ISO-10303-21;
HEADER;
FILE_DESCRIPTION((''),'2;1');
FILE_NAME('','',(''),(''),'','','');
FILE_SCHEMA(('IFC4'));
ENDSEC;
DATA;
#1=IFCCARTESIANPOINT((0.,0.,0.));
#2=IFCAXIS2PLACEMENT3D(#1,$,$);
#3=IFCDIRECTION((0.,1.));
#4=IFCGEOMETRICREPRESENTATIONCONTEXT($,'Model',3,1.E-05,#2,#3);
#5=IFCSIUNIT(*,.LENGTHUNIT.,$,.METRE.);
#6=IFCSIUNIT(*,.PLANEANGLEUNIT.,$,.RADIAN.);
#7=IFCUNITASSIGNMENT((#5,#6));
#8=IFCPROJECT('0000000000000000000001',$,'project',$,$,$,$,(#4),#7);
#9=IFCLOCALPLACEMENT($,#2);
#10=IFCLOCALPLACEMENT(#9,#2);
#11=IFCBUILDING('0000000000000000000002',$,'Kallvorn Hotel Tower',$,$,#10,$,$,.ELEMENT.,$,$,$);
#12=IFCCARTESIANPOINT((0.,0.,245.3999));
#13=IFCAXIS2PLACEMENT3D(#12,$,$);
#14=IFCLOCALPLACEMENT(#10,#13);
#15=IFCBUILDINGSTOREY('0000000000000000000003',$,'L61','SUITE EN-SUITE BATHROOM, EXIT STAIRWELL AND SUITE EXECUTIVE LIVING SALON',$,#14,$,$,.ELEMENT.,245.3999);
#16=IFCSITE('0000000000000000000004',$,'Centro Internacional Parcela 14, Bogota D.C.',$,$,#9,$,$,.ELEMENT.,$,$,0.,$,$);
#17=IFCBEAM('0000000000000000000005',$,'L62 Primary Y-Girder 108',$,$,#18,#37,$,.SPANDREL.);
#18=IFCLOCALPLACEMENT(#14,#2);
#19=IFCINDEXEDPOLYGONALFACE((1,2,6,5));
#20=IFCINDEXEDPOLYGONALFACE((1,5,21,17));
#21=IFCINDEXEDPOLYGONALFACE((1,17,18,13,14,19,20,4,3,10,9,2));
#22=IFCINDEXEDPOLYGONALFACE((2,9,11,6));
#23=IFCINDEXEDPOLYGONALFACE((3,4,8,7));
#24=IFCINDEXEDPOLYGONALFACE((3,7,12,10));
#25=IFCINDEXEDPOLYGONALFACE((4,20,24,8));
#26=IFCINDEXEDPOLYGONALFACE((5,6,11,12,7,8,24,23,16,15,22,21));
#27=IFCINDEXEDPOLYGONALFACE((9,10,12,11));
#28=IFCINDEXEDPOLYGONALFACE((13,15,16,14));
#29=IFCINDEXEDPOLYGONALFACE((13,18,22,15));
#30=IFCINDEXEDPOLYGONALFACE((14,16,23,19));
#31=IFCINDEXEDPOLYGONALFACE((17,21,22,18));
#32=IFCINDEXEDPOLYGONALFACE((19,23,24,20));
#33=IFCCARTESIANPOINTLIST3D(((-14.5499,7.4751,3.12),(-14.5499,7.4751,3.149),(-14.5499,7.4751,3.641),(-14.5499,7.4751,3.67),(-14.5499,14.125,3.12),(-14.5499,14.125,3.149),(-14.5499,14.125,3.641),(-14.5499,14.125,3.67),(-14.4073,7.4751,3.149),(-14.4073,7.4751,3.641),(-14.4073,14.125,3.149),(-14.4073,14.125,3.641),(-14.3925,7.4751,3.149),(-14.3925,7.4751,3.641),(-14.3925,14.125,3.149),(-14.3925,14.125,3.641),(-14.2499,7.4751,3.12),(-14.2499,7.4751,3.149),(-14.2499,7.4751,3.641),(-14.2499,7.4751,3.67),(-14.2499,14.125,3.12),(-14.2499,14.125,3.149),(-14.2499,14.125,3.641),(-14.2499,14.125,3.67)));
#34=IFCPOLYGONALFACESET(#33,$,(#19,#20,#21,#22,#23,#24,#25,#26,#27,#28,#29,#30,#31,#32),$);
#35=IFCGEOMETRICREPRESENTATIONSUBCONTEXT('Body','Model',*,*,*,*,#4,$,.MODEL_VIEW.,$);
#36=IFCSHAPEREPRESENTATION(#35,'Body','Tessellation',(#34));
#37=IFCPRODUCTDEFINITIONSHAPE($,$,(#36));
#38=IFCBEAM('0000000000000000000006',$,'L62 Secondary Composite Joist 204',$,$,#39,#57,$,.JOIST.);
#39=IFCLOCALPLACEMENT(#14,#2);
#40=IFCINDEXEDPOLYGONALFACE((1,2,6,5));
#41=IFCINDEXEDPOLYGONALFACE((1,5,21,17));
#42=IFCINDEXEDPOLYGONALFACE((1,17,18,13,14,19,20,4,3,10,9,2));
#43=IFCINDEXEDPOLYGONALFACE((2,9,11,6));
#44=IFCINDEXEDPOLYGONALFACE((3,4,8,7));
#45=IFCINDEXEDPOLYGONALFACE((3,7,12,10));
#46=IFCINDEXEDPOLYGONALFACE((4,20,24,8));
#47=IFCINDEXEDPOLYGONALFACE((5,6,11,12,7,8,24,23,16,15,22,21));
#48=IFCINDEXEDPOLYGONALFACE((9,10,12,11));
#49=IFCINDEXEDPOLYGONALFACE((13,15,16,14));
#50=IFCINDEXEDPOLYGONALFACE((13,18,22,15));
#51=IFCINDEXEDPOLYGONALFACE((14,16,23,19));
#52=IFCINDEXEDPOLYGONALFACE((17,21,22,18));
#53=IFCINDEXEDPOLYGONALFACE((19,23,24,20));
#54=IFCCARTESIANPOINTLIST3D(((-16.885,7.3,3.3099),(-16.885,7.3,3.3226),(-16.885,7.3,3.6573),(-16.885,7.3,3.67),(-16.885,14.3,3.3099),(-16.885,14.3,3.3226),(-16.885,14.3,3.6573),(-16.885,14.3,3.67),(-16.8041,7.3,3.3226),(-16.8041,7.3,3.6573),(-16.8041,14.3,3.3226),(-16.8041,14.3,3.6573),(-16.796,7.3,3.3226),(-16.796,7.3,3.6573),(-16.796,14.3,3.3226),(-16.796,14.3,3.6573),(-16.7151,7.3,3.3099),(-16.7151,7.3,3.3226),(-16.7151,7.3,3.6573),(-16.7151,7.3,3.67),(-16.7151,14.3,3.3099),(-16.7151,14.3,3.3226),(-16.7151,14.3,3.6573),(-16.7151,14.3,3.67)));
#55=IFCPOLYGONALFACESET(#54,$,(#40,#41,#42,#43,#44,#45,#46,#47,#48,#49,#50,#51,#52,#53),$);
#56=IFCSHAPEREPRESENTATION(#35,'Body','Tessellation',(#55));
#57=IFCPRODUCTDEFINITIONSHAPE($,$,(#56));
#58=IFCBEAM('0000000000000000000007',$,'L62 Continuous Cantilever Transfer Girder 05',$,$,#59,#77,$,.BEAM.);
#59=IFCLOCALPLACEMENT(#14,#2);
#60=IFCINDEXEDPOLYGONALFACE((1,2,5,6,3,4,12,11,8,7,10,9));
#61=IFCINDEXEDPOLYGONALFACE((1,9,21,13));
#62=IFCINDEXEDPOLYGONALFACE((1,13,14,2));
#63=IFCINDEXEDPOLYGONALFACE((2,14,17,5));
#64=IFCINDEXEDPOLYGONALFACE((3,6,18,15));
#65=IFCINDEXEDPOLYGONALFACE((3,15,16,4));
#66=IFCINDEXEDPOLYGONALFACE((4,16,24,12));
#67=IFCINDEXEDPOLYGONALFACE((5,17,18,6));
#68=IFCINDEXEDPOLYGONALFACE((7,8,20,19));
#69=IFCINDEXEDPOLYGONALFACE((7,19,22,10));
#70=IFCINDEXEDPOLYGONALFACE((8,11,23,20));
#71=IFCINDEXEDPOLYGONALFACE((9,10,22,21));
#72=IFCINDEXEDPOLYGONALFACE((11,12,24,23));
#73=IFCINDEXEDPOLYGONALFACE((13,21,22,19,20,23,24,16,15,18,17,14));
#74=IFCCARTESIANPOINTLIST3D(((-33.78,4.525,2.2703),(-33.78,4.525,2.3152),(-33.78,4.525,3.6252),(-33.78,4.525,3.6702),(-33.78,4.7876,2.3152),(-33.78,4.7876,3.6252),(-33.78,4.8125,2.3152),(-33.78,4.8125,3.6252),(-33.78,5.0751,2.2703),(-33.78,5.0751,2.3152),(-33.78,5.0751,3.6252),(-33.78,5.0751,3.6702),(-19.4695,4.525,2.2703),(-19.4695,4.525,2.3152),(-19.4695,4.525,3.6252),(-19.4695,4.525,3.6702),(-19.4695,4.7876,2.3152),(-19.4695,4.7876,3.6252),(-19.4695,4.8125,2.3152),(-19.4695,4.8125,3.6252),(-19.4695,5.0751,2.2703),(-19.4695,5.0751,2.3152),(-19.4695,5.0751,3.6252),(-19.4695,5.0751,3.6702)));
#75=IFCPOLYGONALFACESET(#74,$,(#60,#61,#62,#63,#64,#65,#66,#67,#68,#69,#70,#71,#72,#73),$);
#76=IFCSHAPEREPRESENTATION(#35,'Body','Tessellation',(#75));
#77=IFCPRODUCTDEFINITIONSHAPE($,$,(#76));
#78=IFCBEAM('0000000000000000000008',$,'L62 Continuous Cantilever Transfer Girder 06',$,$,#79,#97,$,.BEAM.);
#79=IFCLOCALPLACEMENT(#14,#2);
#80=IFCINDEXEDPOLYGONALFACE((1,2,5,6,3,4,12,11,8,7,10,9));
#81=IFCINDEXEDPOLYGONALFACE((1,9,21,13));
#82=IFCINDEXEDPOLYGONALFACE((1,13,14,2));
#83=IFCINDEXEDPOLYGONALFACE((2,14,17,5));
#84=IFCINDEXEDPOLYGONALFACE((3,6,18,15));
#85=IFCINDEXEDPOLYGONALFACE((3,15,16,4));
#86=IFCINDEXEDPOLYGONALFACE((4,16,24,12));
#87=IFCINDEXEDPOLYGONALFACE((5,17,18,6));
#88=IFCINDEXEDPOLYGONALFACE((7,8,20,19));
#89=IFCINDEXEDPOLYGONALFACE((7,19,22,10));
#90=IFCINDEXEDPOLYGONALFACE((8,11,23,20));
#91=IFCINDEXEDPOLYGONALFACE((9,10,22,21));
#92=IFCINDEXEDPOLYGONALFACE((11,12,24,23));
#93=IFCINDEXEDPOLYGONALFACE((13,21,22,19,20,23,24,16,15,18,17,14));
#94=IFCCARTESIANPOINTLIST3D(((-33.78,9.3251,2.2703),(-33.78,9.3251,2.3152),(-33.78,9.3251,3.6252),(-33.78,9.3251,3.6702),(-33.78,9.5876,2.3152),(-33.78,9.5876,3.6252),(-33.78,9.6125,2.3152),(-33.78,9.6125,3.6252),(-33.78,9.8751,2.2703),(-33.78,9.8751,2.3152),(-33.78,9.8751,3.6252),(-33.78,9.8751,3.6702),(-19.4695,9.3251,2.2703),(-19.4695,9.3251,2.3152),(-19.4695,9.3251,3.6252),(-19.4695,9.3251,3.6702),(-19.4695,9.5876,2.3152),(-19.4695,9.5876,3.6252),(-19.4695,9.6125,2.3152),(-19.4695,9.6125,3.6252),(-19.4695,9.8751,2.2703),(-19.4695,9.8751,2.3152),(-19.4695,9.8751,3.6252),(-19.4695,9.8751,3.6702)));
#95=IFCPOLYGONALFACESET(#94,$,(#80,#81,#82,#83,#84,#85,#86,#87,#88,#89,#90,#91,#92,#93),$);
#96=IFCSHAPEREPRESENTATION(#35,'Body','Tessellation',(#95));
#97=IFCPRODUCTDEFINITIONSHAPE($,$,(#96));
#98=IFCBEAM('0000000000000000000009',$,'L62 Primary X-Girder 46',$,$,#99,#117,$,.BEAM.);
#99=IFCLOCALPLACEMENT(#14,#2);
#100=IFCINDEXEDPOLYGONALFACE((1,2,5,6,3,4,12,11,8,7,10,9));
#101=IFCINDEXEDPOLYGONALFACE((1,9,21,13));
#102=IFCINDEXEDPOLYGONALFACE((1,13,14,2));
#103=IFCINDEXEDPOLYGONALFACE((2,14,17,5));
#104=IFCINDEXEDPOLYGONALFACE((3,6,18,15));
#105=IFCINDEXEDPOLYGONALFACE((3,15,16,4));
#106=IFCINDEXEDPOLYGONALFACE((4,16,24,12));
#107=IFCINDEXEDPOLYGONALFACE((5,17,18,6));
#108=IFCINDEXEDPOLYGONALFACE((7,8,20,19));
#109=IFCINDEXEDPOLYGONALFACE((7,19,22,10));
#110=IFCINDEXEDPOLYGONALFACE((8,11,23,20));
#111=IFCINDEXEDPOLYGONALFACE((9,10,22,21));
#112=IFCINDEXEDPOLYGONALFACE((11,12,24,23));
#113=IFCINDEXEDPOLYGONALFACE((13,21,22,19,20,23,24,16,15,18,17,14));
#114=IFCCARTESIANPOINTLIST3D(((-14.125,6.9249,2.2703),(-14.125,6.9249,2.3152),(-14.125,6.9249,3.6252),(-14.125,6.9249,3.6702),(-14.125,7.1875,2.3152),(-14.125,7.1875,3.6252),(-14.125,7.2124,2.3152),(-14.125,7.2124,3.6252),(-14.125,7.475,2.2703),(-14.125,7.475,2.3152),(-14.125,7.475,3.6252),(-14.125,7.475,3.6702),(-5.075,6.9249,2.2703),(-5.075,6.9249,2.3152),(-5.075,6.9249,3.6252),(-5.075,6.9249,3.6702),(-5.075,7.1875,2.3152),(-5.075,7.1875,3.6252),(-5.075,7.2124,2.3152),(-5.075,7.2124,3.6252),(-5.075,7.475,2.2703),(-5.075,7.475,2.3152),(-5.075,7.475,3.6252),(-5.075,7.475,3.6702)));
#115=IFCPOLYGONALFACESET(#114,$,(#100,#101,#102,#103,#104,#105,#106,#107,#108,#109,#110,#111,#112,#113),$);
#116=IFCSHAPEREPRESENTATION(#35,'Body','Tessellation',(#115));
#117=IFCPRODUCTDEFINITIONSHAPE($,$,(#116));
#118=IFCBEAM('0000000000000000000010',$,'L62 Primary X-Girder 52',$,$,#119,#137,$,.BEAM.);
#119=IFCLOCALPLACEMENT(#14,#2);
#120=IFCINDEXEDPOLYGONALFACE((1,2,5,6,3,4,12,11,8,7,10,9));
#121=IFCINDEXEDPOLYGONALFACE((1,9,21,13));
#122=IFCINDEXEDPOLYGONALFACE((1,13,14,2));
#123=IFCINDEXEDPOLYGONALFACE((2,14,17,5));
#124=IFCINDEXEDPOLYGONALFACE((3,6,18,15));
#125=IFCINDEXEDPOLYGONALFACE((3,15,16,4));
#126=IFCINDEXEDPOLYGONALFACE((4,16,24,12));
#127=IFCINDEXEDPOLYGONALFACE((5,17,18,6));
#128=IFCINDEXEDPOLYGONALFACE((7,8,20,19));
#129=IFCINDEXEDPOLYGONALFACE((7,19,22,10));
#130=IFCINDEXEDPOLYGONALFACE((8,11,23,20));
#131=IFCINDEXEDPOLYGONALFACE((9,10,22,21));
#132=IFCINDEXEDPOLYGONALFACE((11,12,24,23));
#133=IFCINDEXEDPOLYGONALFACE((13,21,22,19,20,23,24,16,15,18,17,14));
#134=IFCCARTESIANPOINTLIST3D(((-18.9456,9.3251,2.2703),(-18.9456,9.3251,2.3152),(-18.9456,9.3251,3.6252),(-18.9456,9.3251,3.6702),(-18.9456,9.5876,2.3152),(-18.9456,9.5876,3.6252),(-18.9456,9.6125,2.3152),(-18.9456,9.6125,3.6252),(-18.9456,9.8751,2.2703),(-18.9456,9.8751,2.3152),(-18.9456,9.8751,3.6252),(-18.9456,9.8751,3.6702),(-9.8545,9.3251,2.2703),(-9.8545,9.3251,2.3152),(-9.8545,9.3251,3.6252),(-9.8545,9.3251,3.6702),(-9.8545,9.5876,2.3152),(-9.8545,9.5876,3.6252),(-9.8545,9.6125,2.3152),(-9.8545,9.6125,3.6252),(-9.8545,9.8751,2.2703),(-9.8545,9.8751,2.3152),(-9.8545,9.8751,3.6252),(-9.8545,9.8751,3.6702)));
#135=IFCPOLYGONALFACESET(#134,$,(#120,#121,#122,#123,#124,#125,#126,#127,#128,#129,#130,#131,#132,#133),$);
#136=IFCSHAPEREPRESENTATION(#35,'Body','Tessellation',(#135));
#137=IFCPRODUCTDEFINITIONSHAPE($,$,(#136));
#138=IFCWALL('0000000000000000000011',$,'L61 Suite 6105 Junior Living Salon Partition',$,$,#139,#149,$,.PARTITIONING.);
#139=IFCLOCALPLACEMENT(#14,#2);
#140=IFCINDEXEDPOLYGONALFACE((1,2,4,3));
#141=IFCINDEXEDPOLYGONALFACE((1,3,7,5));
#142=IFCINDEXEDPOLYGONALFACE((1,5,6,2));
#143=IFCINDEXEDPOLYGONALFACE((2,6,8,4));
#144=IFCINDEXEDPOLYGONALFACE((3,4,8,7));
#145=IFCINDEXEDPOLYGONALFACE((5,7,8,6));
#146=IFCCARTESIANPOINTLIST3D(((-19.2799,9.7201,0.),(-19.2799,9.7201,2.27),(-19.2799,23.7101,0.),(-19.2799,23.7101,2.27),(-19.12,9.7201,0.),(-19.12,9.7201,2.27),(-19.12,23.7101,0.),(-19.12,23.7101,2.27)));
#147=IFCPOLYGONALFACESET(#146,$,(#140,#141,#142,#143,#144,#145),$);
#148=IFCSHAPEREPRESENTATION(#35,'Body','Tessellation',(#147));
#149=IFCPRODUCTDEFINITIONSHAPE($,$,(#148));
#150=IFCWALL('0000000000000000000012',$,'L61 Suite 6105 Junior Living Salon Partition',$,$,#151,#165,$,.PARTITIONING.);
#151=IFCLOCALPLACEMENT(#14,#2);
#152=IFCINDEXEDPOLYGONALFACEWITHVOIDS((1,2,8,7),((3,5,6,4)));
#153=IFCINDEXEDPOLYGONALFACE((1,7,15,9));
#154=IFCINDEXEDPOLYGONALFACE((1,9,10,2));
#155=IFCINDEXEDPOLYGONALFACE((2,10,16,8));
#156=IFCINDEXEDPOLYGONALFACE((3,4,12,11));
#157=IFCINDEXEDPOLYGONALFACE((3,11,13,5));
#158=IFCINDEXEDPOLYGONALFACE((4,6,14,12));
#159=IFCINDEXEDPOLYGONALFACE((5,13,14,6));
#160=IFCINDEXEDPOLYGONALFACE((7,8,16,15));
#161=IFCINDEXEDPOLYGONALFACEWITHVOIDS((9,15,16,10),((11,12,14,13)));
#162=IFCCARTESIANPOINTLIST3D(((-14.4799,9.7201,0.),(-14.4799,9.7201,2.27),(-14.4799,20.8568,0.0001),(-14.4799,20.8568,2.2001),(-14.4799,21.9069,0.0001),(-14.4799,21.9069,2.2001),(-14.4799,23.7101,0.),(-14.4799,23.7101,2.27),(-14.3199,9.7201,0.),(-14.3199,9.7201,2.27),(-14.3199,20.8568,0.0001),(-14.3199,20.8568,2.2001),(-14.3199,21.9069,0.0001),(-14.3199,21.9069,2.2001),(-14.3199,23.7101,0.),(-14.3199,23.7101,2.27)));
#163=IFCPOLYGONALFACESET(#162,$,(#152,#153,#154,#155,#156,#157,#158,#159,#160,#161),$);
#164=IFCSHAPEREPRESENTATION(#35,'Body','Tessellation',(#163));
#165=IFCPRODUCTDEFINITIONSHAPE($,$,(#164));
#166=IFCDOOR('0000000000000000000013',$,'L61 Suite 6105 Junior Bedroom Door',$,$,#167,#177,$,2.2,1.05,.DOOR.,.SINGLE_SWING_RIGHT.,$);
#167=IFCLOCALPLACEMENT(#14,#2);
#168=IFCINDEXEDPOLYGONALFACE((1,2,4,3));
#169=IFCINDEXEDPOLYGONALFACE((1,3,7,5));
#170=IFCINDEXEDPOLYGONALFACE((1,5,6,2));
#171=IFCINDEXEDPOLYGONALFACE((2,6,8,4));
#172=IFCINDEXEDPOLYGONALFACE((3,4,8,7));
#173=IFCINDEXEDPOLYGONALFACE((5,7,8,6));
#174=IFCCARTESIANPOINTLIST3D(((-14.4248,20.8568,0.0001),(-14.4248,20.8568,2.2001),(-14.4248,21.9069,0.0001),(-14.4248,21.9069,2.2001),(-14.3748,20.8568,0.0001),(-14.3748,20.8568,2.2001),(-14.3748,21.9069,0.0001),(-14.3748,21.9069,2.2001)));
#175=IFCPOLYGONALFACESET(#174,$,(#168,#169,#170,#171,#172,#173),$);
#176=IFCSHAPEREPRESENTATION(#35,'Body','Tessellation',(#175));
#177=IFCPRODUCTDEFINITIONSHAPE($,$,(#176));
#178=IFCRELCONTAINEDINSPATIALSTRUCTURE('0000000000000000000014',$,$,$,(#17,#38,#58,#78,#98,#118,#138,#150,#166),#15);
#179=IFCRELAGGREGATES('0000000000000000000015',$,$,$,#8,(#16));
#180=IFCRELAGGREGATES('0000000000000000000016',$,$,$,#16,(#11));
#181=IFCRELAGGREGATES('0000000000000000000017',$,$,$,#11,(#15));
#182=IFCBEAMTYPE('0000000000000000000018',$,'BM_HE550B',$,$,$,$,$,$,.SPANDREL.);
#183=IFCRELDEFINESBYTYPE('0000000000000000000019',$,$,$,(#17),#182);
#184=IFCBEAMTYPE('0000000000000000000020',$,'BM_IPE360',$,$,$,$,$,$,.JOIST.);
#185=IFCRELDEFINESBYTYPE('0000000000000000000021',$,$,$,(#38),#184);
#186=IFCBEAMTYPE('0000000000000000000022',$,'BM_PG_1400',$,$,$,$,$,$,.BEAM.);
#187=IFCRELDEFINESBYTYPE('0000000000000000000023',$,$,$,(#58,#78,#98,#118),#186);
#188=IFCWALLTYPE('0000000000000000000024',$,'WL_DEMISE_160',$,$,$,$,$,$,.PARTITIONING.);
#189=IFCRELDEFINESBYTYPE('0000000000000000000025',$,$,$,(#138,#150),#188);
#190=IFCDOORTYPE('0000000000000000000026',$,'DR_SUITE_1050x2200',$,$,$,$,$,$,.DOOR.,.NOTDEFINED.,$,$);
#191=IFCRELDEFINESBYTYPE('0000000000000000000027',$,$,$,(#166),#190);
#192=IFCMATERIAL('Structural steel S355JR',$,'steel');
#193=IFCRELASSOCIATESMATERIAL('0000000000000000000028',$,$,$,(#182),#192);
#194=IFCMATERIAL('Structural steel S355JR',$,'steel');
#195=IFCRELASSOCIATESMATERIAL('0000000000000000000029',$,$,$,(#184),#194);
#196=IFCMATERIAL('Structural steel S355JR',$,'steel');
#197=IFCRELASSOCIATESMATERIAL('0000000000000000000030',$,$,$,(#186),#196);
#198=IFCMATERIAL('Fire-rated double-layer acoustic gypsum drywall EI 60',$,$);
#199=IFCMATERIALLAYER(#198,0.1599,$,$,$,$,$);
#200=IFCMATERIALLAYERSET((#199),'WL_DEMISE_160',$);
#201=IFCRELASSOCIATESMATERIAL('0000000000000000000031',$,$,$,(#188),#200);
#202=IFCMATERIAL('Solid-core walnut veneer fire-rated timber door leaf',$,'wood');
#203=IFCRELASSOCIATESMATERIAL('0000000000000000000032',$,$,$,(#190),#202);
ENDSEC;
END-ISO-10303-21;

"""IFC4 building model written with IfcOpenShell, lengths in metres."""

from ifc_helpers import new_model, si_unit, direction, frame, frame_2d, origin, origin_2d, place, context, subcontext, project, spatial, rectangle, i_section, extrude, material, layer, layer_set, material_profile, profile_set, type_object, element, fill, save


model = new_model("IFC4")

# Units and contexts
model_context = context("Model", 3, precision=1e-05, world=origin(), true_north=direction((0.0, 1.0)))
body_context = subcontext(model_context, "Body", "Model", "MODEL_VIEW")
ifc_project = project(units=[si_unit("LENGTHUNIT", "METRE"), si_unit("PLANEANGLEUNIT", "RADIAN")], contexts=[model_context])

# Site, building, storey
site_placement = place(None, origin())
site = spatial("IfcSite", under=ifc_project, at=site_placement, Name="Centro Internacional Parcela 14, Bogota D.C.", CompositionType="ELEMENT", RefElevation=0.0)
building_placement = place(site_placement, origin())
building = spatial("IfcBuilding", under=site, at=building_placement, Name="Kallvorn Hotel Tower", CompositionType="ELEMENT")
storey_placement = place(building_placement, frame((0.0, 0.0, 245.3999)))
storey = spatial("IfcBuildingStorey", under=building, at=storey_placement, Name="L61", Description="SUITE EN-SUITE BATHROOM, EXIT STAIRWELL AND SUITE EXECUTIVE LIVING SALON", CompositionType="ELEMENT", Elevation=245.3999)

# Beams
ifc_material_1 = material(Name="Structural steel S355JR", Category="steel")
ifc_material_profile_1 = material_profile(ifc_material_1, i_section(OverallWidth=0.3, OverallDepth=0.55, WebThickness=0.0149, FlangeThickness=0.0291, at=origin_2d()), Name="HE 550 B")
ifc_profile_set_1 = profile_set([ifc_material_profile_1], Name="Structural steel S355JR")
beam_type_1 = type_object("IfcBeamType", Name="BM_HE550B", PredefinedType="SPANDREL", material=ifc_profile_set_1)
beam_1_placement = place(storey_placement, frame((-14.3999, 7.4751, 3.395), z_axis=(0.0, 1.0, 0.0), x_axis=(-1.0, 0.0, 0.0)))
element("IfcBeam", 1, at=beam_1_placement, inside=storey, type_object=beam_type_1, Name="L62 Primary Y-Girder 108", PredefinedType="SPANDREL", context=body_context, shape_type="SweptSolid", body=[
    extrude(i_section(OverallWidth=0.3, OverallDepth=0.55, WebThickness=0.0149, FlangeThickness=0.0291, at=origin_2d()), origin(), (0.0, 0.0, 1.0), 6.6499),
])
ifc_material_2 = material(Name="Structural steel S355JR", Category="steel")
ifc_material_profile_2 = material_profile(ifc_material_2, i_section(OverallWidth=0.1699, OverallDepth=0.3601, WebThickness=0.0081, FlangeThickness=0.0127, at=origin_2d()), Name="IPE 360")
ifc_profile_set_2 = profile_set([ifc_material_profile_2], Name="Structural steel S355JR")
beam_type_2 = type_object("IfcBeamType", Name="BM_IPE360", PredefinedType="JOIST", material=ifc_profile_set_2)
beam_2_placement = place(storey_placement, frame((-16.8, 7.3, 3.49), z_axis=(0.0, 1.0, 0.0), x_axis=(-1.0, 0.0, 0.0)))
element("IfcBeam", 2, at=beam_2_placement, inside=storey, type_object=beam_type_2, Name="L62 Secondary Composite Joist 204", PredefinedType="JOIST", context=body_context, shape_type="SweptSolid", body=[
    extrude(i_section(OverallWidth=0.1699, OverallDepth=0.3601, WebThickness=0.0081, FlangeThickness=0.0127, at=origin_2d()), origin(), (0.0, 0.0, 1.0), 7.0),
])
ifc_material_3 = material(Name="Structural steel S355JR", Category="steel")
ifc_material_profile_3 = material_profile(ifc_material_3, i_section(OverallWidth=0.55, OverallDepth=1.3999, WebThickness=0.0249, FlangeThickness=0.0449, at=origin_2d()), Name="PG 1400x550x25x45")
ifc_profile_set_3 = profile_set([ifc_material_profile_3], Name="Structural steel S355JR")
beam_type_3 = type_object("IfcBeamType", Name="BM_PG_1400", PredefinedType="BEAM", material=ifc_profile_set_3)
for number, where, z_axis, x_axis, name in (
    (3, (-19.4695, 4.8, 2.9702), (-1.0, 0.0, 0.0), (0.0, -1.0, 0.0), "L62 Continuous Cantilever Transfer Girder 05"),
    (4, (-19.4695, 9.6001, 2.9702), (-1.0, 0.0, 0.0), (0.0, -1.0, 0.0), "L62 Continuous Cantilever Transfer Girder 06"),
):
    element("IfcBeam", number, at=place(storey_placement, frame(where, z_axis=z_axis, x_axis=x_axis)), inside=storey, type_object=beam_type_3, Name=name, PredefinedType="BEAM", context=body_context, shape_type="SweptSolid", body=[
        extrude(i_section(OverallWidth=0.55, OverallDepth=1.3999, WebThickness=0.0249, FlangeThickness=0.0449, at=origin_2d()), origin(), (0.0, 0.0, 1.0), 14.3105),
    ])
beam_3_placement = place(storey_placement, frame((-14.125, 7.2, 2.9702), z_axis=(1.0, 0.0, 0.0), x_axis=(0.0, 1.0, 0.0)))
element("IfcBeam", 5, at=beam_3_placement, inside=storey, type_object=beam_type_3, Name="L62 Primary X-Girder 46", PredefinedType="BEAM", context=body_context, shape_type="SweptSolid", body=[
    extrude(i_section(OverallWidth=0.55, OverallDepth=1.3999, WebThickness=0.0249, FlangeThickness=0.0449, at=origin_2d()), origin(), (0.0, 0.0, 1.0), 9.05),
])
beam_4_placement = place(storey_placement, frame((-18.9456, 9.6001, 2.9702), z_axis=(1.0, 0.0, 0.0), x_axis=(0.0, 1.0, 0.0)))
element("IfcBeam", 6, at=beam_4_placement, inside=storey, type_object=beam_type_3, Name="L62 Primary X-Girder 52", PredefinedType="BEAM", context=body_context, shape_type="SweptSolid", body=[
    extrude(i_section(OverallWidth=0.55, OverallDepth=1.3999, WebThickness=0.0249, FlangeThickness=0.0449, at=origin_2d()), origin(), (0.0, 0.0, 1.0), 9.0911),
])

# Wall
ifc_material_4 = material(Name="Fire-rated double-layer acoustic gypsum drywall EI 60")
ifc_layer_1 = layer(ifc_material_4, 0.1599)
ifc_layer_set_1 = layer_set([ifc_layer_1], Name="WL_DEMISE_160")
wall_type_1 = type_object("IfcWallType", Name="WL_DEMISE_160", PredefinedType="PARTITIONING", material=ifc_layer_set_1)
wall_1_placement = place(storey_placement, frame((-19.2, 9.72, 0.0), z_axis=(0.0, 0.0, 1.0), x_axis=(0.0, 1.0, 0.0)))
element("IfcWall", 7, at=wall_1_placement, inside=storey, type_object=wall_type_1, Name="L61 Suite 6105 Junior Living Salon Partition", PredefinedType="PARTITIONING", context=body_context, shape_type="SweptSolid", body=[
    extrude(rectangle(XDim=13.99, YDim=0.1599, at=frame_2d((6.9951, 0.0))), origin(), (0.0, 0.0, 1.0), 2.27),
])

# Wall, opening, door
wall_2_placement = place(storey_placement, frame((-14.3999, 9.72, 0.0), z_axis=(0.0, 0.0, 1.0), x_axis=(0.0, 1.0, 0.0)))
wall_2 = element("IfcWall", 8, at=wall_2_placement, inside=storey, type_object=wall_type_1, Name="L61 Suite 6105 Junior Living Salon Partition", PredefinedType="PARTITIONING", context=body_context, shape_type="SweptSolid", body=[
    extrude(rectangle(XDim=13.99, YDim=0.1599, at=frame_2d((6.9951, 0.0))), origin(), (0.0, 0.0, 1.0), 2.27),
])
opening_1_placement = place(wall_2_placement, frame((11.137, 0.0, 0.0)))
opening_1 = element("IfcOpeningElement", 9, at=opening_1_placement, cuts=wall_2, PredefinedType="OPENING", context=body_context, shape_type="SweptSolid", body=[
    extrude(rectangle(XDim=1.05, YDim=2.2, at=frame_2d((0.5249, 1.1001))), frame((0.0, 0.095, 0.0), z_axis=(0.0, -1.0, 0.0), x_axis=(1.0, 0.0, 0.0)), (0.0, 0.0, 1.0), 0.1899),
])
ifc_material_5 = material(Name="Solid-core walnut veneer fire-rated timber door leaf", Category="wood")
door_type_1 = type_object("IfcDoorType", Name="DR_SUITE_1050x2200", OperationType="NOTDEFINED", PredefinedType="DOOR", material=ifc_material_5)
door_1_placement = place(opening_1_placement, origin())
door_1 = element("IfcDoor", 10, at=door_1_placement, inside=storey, type_object=door_type_1, Name="L61 Suite 6105 Junior Bedroom Door", OperationType="SINGLE_SWING_RIGHT", OverallHeight=2.2, OverallWidth=1.05, PredefinedType="DOOR", context=body_context, shape_type="SweptSolid", body=[
    extrude(rectangle(XDim=1.05, YDim=2.2, at=frame_2d((0.5249, 1.1001))), frame((0.0, 0.0249, 0.0), z_axis=(0.0, -1.0, 0.0), x_axis=(1.0, 0.0, 0.0)), (0.0, 0.0, 1.0), 0.05),
])
fill(opening_1, door_1)

save(model, "model.ifc")
